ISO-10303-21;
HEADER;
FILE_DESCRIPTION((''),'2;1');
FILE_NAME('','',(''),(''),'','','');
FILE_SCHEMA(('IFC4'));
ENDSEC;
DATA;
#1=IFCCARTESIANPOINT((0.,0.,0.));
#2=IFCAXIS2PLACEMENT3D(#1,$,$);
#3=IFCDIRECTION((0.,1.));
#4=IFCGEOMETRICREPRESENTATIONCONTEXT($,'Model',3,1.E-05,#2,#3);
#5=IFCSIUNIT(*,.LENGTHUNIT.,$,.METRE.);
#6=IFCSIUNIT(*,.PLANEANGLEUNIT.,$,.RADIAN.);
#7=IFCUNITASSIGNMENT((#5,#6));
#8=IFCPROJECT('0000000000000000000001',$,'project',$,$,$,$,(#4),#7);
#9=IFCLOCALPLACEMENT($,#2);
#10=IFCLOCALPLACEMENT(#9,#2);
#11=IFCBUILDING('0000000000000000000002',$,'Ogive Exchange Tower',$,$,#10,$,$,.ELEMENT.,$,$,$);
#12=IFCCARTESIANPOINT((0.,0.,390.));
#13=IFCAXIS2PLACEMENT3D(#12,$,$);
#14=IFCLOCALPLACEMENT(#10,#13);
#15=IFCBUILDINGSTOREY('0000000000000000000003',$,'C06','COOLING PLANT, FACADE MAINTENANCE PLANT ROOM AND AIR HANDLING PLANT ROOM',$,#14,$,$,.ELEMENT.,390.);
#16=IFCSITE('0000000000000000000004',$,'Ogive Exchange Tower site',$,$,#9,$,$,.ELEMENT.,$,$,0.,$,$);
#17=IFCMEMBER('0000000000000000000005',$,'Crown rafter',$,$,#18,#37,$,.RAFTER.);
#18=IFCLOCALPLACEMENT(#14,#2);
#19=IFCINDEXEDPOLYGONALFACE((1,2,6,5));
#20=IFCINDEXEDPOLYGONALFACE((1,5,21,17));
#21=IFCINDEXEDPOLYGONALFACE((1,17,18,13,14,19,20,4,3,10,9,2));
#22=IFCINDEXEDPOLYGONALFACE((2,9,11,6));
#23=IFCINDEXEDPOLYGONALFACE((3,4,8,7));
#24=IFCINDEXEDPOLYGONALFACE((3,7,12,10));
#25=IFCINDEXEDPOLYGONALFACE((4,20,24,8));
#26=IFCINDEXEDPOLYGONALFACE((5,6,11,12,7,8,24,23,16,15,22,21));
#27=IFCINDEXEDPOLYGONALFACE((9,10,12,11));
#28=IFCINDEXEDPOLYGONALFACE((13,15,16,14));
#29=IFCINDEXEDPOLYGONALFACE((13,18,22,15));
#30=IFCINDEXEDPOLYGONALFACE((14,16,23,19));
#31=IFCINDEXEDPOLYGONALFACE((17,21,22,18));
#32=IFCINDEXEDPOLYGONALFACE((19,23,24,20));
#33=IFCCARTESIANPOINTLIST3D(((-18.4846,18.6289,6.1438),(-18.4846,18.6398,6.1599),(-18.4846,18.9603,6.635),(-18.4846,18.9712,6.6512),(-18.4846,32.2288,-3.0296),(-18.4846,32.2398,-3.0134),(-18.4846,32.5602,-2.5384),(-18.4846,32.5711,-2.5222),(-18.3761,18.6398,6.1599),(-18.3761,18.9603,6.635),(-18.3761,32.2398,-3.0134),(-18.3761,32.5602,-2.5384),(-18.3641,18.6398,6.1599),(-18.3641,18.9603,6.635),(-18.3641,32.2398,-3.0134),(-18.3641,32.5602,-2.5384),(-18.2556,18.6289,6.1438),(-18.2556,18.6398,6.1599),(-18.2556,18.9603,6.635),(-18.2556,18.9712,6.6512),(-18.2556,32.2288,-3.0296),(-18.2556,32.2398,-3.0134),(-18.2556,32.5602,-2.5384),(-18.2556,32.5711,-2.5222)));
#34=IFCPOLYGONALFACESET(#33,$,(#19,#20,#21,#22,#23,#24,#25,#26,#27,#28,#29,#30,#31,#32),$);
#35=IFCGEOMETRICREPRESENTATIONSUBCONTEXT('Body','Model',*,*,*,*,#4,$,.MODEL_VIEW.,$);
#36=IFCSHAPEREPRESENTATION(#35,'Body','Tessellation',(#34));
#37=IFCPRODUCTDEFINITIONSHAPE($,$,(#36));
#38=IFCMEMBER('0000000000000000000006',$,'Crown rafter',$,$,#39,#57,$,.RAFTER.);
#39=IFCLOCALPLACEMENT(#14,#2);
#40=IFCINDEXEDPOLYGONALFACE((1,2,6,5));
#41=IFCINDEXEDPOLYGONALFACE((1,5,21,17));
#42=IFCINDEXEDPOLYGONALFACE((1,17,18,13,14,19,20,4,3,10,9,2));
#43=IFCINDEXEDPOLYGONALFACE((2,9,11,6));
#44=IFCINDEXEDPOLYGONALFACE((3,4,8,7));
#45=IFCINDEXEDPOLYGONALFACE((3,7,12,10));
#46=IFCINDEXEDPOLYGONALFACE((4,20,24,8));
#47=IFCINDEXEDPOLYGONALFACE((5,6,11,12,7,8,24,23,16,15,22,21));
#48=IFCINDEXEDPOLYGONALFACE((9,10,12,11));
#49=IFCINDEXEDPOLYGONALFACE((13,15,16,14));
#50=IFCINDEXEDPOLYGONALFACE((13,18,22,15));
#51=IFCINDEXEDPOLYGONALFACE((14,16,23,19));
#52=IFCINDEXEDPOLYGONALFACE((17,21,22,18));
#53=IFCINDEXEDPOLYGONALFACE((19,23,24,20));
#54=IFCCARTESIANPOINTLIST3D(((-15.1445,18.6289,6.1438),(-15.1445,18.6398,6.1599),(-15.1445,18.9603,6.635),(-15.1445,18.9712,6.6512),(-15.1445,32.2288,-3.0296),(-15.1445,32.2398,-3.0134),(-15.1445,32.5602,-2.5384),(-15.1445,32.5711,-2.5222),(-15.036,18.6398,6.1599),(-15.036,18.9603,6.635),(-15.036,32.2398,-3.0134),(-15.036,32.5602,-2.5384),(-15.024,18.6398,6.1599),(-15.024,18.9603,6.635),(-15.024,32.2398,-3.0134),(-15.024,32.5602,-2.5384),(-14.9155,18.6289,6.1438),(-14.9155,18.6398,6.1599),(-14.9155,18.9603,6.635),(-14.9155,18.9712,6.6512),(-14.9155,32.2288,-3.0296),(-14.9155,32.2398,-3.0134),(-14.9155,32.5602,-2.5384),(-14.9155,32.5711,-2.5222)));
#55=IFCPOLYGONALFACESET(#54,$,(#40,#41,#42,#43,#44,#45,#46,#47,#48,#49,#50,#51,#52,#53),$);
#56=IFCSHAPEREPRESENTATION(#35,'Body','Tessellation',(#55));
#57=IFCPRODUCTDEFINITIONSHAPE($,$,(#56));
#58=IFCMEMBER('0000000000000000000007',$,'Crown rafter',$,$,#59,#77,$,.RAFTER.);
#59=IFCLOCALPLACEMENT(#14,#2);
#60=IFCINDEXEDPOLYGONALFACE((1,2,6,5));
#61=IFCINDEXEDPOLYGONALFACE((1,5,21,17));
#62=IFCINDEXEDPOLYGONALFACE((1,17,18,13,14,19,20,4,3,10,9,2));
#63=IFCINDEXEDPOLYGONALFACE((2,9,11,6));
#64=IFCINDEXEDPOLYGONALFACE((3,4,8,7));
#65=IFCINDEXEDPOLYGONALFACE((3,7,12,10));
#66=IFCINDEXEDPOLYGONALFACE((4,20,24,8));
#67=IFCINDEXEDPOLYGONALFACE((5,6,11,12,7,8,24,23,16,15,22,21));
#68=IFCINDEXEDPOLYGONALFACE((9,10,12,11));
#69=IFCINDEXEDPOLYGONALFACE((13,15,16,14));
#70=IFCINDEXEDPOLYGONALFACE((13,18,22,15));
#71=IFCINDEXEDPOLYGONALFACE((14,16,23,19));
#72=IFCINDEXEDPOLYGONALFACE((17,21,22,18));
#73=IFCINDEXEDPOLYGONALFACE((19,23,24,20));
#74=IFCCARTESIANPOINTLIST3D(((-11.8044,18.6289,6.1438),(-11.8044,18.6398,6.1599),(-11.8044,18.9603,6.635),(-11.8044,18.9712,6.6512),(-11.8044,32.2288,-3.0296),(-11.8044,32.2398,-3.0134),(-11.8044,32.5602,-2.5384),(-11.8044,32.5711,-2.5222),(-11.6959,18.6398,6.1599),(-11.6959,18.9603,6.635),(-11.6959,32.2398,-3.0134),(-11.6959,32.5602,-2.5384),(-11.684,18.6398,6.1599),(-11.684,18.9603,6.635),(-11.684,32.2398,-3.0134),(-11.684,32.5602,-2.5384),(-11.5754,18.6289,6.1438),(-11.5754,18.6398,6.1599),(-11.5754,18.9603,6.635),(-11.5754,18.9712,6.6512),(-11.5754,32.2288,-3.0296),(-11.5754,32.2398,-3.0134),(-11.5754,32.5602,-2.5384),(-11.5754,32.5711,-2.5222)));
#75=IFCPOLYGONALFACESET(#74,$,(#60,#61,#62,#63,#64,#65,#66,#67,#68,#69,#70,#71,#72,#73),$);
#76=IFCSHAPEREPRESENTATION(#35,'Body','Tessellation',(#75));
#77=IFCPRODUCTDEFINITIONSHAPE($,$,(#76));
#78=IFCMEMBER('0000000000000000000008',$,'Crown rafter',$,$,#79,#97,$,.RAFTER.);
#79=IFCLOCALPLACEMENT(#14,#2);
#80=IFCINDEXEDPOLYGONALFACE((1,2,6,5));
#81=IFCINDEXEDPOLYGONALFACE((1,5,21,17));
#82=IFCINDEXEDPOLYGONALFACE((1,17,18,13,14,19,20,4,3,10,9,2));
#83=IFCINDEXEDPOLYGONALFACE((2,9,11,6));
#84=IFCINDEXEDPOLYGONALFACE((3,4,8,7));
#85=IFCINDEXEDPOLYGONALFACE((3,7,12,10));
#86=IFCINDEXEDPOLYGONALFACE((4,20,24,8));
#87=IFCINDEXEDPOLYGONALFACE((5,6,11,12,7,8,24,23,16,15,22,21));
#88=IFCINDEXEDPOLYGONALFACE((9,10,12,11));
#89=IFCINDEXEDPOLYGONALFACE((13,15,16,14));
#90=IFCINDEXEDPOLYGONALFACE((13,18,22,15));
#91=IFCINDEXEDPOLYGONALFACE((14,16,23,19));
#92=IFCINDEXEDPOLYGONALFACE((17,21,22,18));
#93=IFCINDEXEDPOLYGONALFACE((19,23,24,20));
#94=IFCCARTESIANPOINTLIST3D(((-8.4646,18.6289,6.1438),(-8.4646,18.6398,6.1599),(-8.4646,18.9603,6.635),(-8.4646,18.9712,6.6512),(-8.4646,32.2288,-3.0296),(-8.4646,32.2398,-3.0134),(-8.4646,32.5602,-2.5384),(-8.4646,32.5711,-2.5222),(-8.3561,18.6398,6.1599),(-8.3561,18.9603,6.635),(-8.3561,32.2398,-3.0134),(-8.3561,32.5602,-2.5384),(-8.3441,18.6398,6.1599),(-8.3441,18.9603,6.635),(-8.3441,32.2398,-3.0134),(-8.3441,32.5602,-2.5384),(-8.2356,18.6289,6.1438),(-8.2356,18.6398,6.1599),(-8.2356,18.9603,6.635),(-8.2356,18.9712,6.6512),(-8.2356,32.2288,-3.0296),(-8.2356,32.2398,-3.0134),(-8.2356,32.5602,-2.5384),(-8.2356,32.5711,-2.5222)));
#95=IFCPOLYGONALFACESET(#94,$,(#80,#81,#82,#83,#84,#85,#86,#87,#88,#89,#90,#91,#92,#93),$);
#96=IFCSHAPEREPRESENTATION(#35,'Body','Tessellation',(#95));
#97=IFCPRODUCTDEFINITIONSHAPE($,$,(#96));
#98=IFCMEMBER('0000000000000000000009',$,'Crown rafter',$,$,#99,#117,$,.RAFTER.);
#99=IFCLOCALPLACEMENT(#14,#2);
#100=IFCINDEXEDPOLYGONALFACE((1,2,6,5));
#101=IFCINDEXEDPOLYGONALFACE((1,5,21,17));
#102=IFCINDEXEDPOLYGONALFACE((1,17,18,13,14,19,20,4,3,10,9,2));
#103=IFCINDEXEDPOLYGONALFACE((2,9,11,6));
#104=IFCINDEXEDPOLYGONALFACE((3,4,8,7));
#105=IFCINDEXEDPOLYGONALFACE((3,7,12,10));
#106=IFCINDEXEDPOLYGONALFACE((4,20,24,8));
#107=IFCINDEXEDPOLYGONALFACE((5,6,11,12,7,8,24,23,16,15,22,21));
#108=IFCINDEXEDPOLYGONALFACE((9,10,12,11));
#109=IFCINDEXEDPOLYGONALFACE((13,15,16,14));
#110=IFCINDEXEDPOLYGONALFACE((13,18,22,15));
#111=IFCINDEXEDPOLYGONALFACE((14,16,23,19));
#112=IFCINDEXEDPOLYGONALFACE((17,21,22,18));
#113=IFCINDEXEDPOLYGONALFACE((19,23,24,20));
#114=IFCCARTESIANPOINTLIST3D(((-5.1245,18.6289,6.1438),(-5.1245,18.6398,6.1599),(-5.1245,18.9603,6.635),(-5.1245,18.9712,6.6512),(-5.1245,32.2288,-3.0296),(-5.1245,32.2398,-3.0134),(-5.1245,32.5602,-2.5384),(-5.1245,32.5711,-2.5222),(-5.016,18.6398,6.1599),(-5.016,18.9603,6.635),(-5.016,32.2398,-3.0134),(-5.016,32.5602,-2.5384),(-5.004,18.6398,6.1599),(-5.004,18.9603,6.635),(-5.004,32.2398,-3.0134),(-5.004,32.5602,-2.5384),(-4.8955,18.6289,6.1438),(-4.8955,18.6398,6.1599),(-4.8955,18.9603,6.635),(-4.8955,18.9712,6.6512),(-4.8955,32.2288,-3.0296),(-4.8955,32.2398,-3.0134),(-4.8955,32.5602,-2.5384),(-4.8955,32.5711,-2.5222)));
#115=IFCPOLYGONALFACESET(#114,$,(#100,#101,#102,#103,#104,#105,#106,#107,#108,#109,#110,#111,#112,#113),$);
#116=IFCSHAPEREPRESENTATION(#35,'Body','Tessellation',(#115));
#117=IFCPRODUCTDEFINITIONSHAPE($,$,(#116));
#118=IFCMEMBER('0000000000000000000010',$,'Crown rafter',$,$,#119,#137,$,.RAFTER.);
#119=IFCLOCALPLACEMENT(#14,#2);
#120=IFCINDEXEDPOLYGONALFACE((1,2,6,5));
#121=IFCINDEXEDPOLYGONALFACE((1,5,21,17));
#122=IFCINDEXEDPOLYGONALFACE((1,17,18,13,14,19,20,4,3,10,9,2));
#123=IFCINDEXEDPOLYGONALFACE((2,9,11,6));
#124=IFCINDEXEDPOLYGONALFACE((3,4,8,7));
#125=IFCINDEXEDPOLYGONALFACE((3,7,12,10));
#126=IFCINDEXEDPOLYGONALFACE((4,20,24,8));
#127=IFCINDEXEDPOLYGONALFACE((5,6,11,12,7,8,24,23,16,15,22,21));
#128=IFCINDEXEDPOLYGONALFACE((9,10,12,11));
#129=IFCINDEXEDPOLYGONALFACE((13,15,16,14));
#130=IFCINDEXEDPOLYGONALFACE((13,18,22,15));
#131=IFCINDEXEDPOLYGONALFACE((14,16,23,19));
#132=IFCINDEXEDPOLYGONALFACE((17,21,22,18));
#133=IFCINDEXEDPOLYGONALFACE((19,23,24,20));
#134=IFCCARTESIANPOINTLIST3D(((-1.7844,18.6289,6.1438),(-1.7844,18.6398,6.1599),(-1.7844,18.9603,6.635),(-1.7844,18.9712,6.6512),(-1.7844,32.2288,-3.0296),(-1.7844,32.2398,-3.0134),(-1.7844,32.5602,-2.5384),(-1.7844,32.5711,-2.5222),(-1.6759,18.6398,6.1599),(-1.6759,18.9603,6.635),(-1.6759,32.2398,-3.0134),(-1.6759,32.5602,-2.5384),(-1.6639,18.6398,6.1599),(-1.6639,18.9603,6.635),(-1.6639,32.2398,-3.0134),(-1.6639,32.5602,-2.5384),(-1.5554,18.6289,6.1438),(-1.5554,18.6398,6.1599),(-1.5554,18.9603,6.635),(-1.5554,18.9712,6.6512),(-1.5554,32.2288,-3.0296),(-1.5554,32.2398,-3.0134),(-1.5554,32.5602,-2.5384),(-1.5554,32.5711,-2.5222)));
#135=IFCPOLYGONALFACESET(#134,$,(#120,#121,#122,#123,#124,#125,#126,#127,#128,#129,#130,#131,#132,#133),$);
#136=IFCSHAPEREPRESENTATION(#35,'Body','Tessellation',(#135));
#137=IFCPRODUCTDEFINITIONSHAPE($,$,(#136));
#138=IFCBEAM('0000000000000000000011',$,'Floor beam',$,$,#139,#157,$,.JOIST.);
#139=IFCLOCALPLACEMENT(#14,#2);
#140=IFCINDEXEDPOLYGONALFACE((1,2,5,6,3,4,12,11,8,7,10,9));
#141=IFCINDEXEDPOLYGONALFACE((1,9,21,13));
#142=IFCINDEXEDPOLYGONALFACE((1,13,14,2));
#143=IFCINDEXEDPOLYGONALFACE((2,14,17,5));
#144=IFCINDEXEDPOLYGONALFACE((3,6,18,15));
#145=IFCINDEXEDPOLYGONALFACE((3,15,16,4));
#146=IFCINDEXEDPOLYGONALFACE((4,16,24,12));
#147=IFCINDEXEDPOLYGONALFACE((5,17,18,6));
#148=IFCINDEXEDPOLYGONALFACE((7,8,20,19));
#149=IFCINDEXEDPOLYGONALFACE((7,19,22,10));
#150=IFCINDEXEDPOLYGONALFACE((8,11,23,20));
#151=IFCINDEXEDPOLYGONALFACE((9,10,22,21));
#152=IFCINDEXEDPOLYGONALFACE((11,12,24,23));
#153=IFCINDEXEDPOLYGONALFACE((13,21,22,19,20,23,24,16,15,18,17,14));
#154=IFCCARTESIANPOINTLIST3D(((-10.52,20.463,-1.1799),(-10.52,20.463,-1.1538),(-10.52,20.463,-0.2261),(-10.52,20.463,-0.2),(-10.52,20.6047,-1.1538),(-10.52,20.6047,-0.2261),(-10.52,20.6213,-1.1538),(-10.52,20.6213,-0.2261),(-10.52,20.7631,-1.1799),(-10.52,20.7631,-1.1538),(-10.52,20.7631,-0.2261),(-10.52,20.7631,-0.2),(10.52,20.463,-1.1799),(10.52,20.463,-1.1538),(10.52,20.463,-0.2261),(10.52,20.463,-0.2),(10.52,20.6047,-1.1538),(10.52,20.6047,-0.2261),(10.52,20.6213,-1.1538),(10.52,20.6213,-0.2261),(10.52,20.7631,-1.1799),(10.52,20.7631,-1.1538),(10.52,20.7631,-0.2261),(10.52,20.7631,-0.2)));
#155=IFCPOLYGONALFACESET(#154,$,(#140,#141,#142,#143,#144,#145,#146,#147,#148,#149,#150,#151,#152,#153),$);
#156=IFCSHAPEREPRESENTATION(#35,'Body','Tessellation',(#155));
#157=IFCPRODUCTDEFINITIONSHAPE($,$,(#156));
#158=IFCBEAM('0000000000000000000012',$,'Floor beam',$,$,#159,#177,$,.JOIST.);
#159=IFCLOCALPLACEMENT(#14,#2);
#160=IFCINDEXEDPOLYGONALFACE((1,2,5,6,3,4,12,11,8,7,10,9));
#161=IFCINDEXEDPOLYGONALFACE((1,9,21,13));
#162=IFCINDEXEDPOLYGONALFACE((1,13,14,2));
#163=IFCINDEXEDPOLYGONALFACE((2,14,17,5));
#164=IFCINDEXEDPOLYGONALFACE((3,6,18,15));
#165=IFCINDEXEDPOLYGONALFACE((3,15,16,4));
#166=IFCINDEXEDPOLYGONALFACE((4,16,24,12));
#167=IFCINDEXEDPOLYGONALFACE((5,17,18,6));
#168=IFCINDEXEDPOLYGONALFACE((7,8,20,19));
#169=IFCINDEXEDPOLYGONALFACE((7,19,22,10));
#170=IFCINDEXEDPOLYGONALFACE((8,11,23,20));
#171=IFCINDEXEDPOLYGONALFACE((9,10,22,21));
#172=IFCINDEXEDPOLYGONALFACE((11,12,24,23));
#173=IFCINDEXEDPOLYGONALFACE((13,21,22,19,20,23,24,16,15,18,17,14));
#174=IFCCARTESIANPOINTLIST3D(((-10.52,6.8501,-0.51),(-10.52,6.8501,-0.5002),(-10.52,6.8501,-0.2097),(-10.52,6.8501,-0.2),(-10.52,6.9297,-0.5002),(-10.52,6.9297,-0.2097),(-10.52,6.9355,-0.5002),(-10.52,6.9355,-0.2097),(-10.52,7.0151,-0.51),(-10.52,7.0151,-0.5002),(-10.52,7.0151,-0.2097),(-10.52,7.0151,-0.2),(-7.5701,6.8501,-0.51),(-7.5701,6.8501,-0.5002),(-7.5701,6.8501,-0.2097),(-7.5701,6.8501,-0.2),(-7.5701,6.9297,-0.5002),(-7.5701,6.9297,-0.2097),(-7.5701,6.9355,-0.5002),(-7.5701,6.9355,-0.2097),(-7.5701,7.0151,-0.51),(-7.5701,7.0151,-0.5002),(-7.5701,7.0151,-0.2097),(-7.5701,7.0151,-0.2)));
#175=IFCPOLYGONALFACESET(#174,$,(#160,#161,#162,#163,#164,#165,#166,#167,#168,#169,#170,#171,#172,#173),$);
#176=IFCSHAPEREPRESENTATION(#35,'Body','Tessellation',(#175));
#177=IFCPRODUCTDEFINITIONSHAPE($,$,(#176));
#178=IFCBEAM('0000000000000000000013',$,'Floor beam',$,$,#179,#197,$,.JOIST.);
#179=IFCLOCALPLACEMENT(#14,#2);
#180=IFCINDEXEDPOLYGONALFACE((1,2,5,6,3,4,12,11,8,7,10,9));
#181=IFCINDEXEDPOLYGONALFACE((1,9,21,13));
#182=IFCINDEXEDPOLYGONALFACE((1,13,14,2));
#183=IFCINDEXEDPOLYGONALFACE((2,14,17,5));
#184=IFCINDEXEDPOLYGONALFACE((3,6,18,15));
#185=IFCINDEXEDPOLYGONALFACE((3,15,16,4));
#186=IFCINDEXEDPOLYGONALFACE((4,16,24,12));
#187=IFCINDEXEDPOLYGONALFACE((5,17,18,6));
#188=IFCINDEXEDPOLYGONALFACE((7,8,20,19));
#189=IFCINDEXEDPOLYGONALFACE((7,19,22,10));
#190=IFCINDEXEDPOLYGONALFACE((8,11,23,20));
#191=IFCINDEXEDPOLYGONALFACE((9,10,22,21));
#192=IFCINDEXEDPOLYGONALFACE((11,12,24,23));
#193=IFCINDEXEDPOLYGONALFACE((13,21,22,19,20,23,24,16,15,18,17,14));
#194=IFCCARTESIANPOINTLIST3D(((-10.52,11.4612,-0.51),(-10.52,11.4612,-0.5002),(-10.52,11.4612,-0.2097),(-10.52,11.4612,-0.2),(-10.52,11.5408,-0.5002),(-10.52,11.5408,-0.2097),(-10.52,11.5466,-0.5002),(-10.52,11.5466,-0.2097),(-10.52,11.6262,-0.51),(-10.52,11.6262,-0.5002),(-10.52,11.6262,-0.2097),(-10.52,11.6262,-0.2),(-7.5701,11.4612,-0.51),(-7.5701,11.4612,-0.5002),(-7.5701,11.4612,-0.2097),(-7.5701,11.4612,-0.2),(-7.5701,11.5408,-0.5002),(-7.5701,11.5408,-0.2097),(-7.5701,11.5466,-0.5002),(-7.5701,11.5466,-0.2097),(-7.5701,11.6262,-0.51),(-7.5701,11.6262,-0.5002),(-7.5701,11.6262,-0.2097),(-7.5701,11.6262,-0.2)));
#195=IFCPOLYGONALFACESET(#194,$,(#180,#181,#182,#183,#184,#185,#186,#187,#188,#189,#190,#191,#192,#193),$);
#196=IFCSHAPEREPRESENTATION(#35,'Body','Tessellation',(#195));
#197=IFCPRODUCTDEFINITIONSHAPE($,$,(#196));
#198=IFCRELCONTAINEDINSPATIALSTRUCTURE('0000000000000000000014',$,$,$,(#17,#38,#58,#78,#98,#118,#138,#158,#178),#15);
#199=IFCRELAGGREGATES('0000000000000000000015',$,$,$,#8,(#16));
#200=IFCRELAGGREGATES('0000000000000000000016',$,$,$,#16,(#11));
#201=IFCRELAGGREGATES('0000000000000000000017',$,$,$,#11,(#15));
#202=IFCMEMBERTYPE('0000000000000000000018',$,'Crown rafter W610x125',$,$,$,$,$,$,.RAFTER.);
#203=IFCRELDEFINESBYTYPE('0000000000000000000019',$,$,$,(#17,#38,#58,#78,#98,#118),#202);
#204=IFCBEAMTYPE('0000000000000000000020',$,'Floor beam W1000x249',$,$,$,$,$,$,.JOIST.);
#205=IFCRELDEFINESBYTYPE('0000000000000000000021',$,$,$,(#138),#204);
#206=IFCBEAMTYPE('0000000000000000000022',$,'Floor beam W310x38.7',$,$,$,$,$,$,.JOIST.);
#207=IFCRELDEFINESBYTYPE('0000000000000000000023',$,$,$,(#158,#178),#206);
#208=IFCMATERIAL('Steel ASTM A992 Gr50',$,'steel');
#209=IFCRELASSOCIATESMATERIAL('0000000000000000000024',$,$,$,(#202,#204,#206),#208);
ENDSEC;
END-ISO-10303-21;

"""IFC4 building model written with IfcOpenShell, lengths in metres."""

from ifc_helpers import new_model, si_unit, direction, frame, origin, origin_2d, place, context, subcontext, project, spatial, i_section, extrude, material, material_profile, profile_set, type_object, element, save


model = new_model("IFC4")

# Units and contexts
model_context = context("Model", 3, precision=1e-05, world=origin(), true_north=direction((0.0, 1.0)))
body_context = subcontext(model_context, "Body", "Model", "MODEL_VIEW")
ifc_project = project(units=[si_unit("LENGTHUNIT", "METRE"), si_unit("PLANEANGLEUNIT", "RADIAN")], contexts=[model_context])

# Site, building, storey
site_placement = place(None, origin())
site = spatial("IfcSite", under=ifc_project, at=site_placement, Name="Ogive Exchange Tower site", CompositionType="ELEMENT", RefElevation=0.0)
building_placement = place(site_placement, origin())
building = spatial("IfcBuilding", under=site, at=building_placement, Name="Ogive Exchange Tower", CompositionType="ELEMENT")
storey_placement = place(building_placement, frame((0.0, 0.0, 390.0)))
storey = spatial("IfcBuildingStorey", under=building, at=storey_placement, Name="C06", Description="COOLING PLANT, FACADE MAINTENANCE PLANT ROOM AND AIR HANDLING PLANT ROOM", CompositionType="ELEMENT", Elevation=390.0)

# Members
ifc_material_1 = material(Name="Steel ASTM A992 Gr50", Category="steel")
ifc_material_profile_1 = material_profile(ifc_material_1, i_section(OverallWidth=0.229, OverallDepth=0.6121, WebThickness=0.012, FlangeThickness=0.0195, at=origin_2d()), Name="W610x125")
ifc_profile_set_1 = profile_set([ifc_material_profile_1], Name="Steel ASTM A992 Gr50")
member_type = type_object("IfcMemberType", Name="Crown rafter W610x125", PredefinedType="RAFTER", material=ifc_profile_set_1)
for number, where, z_axis, x_axis, name in (
    (1, (-18.3701, 18.8, 6.3975), (0.0, 0.829034, -0.559198), (-1.0, 0.0, 0.0), "Crown rafter"),
    (2, (-15.03, 18.8, 6.3975), (0.0, 0.829034, -0.559198), (-1.0, 0.0, 0.0), "Crown rafter"),
    (3, (-11.6899, 18.8, 6.3975), (0.0, 0.829034, -0.559198), (-1.0, 0.0, 0.0), "Crown rafter"),
    (4, (-8.3501, 18.8, 6.3975), (0.0, 0.829034, -0.559198), (-1.0, 0.0, 0.0), "Crown rafter"),
    (5, (-5.01, 18.8, 6.3975), (0.0, 0.829034, -0.559198), (-1.0, 0.0, 0.0), "Crown rafter"),
    (6, (-1.6699, 18.8, 6.3975), (0.0, 0.829034, -0.559198), (-1.0, 0.0, 0.0), "Crown rafter"),
):
    element("IfcMember", number, at=place(storey_placement, frame(where, z_axis=z_axis, x_axis=x_axis)), inside=storey, type_object=member_type, Name=name, PredefinedType="RAFTER", context=body_context, shape_type="SweptSolid", body=[
        extrude(i_section(OverallWidth=0.229, OverallDepth=0.6121, WebThickness=0.012, FlangeThickness=0.0195, at=origin_2d()), origin(), (0.0, 0.0, 1.0), 16.4045),
    ])

# Beams
ifc_material_profile_2 = material_profile(ifc_material_1, i_section(OverallWidth=0.3, OverallDepth=0.98, WebThickness=0.0166, FlangeThickness=0.0261, at=origin_2d()), Name="W1000x249")
ifc_profile_set_2 = profile_set([ifc_material_profile_2], Name="Steel ASTM A992 Gr50")
beam_type_1 = type_object("IfcBeamType", Name="Floor beam W1000x249", PredefinedType="JOIST", material=ifc_profile_set_2)
beam_1_placement = place(storey_placement, frame((-10.52, 20.613, -0.6899), z_axis=(1.0, 0.0, 0.0), x_axis=(0.0, 1.0, 0.0)))
element("IfcBeam", 7, at=beam_1_placement, inside=storey, type_object=beam_type_1, Name="Floor beam", PredefinedType="JOIST", context=body_context, shape_type="SweptSolid", body=[
    extrude(i_section(OverallWidth=0.3, OverallDepth=0.98, WebThickness=0.0166, FlangeThickness=0.0261, at=origin_2d()), origin(), (0.0, 0.0, 1.0), 21.04),
])
ifc_material_profile_3 = material_profile(ifc_material_1, i_section(OverallWidth=0.165, OverallDepth=0.3101, WebThickness=0.0059, FlangeThickness=0.0098, at=origin_2d()), Name="W310x38.7")
ifc_profile_set_3 = profile_set([ifc_material_profile_3], Name="Steel ASTM A992 Gr50")
beam_type_2 = type_object("IfcBeamType", Name="Floor beam W310x38.7", PredefinedType="JOIST", material=ifc_profile_set_3)
for number, where, z_axis, x_axis, name in (
    (8, (-10.52, 6.9326, -0.355), (1.0, 0.0, 0.0), (0.0, 1.0, 0.0), "Floor beam"),
    (9, (-10.52, 11.5437, -0.355), (1.0, 0.0, 0.0), (0.0, 1.0, 0.0), "Floor beam"),
):
    element("IfcBeam", number, at=place(storey_placement, frame(where, z_axis=z_axis, x_axis=x_axis)), inside=storey, type_object=beam_type_2, Name=name, PredefinedType="JOIST", context=body_context, shape_type="SweptSolid", body=[
        extrude(i_section(OverallWidth=0.165, OverallDepth=0.3101, WebThickness=0.0059, FlangeThickness=0.0098, at=origin_2d()), origin(), (0.0, 0.0, 1.0), 2.95),
    ])

save(model, "model.ifc")
